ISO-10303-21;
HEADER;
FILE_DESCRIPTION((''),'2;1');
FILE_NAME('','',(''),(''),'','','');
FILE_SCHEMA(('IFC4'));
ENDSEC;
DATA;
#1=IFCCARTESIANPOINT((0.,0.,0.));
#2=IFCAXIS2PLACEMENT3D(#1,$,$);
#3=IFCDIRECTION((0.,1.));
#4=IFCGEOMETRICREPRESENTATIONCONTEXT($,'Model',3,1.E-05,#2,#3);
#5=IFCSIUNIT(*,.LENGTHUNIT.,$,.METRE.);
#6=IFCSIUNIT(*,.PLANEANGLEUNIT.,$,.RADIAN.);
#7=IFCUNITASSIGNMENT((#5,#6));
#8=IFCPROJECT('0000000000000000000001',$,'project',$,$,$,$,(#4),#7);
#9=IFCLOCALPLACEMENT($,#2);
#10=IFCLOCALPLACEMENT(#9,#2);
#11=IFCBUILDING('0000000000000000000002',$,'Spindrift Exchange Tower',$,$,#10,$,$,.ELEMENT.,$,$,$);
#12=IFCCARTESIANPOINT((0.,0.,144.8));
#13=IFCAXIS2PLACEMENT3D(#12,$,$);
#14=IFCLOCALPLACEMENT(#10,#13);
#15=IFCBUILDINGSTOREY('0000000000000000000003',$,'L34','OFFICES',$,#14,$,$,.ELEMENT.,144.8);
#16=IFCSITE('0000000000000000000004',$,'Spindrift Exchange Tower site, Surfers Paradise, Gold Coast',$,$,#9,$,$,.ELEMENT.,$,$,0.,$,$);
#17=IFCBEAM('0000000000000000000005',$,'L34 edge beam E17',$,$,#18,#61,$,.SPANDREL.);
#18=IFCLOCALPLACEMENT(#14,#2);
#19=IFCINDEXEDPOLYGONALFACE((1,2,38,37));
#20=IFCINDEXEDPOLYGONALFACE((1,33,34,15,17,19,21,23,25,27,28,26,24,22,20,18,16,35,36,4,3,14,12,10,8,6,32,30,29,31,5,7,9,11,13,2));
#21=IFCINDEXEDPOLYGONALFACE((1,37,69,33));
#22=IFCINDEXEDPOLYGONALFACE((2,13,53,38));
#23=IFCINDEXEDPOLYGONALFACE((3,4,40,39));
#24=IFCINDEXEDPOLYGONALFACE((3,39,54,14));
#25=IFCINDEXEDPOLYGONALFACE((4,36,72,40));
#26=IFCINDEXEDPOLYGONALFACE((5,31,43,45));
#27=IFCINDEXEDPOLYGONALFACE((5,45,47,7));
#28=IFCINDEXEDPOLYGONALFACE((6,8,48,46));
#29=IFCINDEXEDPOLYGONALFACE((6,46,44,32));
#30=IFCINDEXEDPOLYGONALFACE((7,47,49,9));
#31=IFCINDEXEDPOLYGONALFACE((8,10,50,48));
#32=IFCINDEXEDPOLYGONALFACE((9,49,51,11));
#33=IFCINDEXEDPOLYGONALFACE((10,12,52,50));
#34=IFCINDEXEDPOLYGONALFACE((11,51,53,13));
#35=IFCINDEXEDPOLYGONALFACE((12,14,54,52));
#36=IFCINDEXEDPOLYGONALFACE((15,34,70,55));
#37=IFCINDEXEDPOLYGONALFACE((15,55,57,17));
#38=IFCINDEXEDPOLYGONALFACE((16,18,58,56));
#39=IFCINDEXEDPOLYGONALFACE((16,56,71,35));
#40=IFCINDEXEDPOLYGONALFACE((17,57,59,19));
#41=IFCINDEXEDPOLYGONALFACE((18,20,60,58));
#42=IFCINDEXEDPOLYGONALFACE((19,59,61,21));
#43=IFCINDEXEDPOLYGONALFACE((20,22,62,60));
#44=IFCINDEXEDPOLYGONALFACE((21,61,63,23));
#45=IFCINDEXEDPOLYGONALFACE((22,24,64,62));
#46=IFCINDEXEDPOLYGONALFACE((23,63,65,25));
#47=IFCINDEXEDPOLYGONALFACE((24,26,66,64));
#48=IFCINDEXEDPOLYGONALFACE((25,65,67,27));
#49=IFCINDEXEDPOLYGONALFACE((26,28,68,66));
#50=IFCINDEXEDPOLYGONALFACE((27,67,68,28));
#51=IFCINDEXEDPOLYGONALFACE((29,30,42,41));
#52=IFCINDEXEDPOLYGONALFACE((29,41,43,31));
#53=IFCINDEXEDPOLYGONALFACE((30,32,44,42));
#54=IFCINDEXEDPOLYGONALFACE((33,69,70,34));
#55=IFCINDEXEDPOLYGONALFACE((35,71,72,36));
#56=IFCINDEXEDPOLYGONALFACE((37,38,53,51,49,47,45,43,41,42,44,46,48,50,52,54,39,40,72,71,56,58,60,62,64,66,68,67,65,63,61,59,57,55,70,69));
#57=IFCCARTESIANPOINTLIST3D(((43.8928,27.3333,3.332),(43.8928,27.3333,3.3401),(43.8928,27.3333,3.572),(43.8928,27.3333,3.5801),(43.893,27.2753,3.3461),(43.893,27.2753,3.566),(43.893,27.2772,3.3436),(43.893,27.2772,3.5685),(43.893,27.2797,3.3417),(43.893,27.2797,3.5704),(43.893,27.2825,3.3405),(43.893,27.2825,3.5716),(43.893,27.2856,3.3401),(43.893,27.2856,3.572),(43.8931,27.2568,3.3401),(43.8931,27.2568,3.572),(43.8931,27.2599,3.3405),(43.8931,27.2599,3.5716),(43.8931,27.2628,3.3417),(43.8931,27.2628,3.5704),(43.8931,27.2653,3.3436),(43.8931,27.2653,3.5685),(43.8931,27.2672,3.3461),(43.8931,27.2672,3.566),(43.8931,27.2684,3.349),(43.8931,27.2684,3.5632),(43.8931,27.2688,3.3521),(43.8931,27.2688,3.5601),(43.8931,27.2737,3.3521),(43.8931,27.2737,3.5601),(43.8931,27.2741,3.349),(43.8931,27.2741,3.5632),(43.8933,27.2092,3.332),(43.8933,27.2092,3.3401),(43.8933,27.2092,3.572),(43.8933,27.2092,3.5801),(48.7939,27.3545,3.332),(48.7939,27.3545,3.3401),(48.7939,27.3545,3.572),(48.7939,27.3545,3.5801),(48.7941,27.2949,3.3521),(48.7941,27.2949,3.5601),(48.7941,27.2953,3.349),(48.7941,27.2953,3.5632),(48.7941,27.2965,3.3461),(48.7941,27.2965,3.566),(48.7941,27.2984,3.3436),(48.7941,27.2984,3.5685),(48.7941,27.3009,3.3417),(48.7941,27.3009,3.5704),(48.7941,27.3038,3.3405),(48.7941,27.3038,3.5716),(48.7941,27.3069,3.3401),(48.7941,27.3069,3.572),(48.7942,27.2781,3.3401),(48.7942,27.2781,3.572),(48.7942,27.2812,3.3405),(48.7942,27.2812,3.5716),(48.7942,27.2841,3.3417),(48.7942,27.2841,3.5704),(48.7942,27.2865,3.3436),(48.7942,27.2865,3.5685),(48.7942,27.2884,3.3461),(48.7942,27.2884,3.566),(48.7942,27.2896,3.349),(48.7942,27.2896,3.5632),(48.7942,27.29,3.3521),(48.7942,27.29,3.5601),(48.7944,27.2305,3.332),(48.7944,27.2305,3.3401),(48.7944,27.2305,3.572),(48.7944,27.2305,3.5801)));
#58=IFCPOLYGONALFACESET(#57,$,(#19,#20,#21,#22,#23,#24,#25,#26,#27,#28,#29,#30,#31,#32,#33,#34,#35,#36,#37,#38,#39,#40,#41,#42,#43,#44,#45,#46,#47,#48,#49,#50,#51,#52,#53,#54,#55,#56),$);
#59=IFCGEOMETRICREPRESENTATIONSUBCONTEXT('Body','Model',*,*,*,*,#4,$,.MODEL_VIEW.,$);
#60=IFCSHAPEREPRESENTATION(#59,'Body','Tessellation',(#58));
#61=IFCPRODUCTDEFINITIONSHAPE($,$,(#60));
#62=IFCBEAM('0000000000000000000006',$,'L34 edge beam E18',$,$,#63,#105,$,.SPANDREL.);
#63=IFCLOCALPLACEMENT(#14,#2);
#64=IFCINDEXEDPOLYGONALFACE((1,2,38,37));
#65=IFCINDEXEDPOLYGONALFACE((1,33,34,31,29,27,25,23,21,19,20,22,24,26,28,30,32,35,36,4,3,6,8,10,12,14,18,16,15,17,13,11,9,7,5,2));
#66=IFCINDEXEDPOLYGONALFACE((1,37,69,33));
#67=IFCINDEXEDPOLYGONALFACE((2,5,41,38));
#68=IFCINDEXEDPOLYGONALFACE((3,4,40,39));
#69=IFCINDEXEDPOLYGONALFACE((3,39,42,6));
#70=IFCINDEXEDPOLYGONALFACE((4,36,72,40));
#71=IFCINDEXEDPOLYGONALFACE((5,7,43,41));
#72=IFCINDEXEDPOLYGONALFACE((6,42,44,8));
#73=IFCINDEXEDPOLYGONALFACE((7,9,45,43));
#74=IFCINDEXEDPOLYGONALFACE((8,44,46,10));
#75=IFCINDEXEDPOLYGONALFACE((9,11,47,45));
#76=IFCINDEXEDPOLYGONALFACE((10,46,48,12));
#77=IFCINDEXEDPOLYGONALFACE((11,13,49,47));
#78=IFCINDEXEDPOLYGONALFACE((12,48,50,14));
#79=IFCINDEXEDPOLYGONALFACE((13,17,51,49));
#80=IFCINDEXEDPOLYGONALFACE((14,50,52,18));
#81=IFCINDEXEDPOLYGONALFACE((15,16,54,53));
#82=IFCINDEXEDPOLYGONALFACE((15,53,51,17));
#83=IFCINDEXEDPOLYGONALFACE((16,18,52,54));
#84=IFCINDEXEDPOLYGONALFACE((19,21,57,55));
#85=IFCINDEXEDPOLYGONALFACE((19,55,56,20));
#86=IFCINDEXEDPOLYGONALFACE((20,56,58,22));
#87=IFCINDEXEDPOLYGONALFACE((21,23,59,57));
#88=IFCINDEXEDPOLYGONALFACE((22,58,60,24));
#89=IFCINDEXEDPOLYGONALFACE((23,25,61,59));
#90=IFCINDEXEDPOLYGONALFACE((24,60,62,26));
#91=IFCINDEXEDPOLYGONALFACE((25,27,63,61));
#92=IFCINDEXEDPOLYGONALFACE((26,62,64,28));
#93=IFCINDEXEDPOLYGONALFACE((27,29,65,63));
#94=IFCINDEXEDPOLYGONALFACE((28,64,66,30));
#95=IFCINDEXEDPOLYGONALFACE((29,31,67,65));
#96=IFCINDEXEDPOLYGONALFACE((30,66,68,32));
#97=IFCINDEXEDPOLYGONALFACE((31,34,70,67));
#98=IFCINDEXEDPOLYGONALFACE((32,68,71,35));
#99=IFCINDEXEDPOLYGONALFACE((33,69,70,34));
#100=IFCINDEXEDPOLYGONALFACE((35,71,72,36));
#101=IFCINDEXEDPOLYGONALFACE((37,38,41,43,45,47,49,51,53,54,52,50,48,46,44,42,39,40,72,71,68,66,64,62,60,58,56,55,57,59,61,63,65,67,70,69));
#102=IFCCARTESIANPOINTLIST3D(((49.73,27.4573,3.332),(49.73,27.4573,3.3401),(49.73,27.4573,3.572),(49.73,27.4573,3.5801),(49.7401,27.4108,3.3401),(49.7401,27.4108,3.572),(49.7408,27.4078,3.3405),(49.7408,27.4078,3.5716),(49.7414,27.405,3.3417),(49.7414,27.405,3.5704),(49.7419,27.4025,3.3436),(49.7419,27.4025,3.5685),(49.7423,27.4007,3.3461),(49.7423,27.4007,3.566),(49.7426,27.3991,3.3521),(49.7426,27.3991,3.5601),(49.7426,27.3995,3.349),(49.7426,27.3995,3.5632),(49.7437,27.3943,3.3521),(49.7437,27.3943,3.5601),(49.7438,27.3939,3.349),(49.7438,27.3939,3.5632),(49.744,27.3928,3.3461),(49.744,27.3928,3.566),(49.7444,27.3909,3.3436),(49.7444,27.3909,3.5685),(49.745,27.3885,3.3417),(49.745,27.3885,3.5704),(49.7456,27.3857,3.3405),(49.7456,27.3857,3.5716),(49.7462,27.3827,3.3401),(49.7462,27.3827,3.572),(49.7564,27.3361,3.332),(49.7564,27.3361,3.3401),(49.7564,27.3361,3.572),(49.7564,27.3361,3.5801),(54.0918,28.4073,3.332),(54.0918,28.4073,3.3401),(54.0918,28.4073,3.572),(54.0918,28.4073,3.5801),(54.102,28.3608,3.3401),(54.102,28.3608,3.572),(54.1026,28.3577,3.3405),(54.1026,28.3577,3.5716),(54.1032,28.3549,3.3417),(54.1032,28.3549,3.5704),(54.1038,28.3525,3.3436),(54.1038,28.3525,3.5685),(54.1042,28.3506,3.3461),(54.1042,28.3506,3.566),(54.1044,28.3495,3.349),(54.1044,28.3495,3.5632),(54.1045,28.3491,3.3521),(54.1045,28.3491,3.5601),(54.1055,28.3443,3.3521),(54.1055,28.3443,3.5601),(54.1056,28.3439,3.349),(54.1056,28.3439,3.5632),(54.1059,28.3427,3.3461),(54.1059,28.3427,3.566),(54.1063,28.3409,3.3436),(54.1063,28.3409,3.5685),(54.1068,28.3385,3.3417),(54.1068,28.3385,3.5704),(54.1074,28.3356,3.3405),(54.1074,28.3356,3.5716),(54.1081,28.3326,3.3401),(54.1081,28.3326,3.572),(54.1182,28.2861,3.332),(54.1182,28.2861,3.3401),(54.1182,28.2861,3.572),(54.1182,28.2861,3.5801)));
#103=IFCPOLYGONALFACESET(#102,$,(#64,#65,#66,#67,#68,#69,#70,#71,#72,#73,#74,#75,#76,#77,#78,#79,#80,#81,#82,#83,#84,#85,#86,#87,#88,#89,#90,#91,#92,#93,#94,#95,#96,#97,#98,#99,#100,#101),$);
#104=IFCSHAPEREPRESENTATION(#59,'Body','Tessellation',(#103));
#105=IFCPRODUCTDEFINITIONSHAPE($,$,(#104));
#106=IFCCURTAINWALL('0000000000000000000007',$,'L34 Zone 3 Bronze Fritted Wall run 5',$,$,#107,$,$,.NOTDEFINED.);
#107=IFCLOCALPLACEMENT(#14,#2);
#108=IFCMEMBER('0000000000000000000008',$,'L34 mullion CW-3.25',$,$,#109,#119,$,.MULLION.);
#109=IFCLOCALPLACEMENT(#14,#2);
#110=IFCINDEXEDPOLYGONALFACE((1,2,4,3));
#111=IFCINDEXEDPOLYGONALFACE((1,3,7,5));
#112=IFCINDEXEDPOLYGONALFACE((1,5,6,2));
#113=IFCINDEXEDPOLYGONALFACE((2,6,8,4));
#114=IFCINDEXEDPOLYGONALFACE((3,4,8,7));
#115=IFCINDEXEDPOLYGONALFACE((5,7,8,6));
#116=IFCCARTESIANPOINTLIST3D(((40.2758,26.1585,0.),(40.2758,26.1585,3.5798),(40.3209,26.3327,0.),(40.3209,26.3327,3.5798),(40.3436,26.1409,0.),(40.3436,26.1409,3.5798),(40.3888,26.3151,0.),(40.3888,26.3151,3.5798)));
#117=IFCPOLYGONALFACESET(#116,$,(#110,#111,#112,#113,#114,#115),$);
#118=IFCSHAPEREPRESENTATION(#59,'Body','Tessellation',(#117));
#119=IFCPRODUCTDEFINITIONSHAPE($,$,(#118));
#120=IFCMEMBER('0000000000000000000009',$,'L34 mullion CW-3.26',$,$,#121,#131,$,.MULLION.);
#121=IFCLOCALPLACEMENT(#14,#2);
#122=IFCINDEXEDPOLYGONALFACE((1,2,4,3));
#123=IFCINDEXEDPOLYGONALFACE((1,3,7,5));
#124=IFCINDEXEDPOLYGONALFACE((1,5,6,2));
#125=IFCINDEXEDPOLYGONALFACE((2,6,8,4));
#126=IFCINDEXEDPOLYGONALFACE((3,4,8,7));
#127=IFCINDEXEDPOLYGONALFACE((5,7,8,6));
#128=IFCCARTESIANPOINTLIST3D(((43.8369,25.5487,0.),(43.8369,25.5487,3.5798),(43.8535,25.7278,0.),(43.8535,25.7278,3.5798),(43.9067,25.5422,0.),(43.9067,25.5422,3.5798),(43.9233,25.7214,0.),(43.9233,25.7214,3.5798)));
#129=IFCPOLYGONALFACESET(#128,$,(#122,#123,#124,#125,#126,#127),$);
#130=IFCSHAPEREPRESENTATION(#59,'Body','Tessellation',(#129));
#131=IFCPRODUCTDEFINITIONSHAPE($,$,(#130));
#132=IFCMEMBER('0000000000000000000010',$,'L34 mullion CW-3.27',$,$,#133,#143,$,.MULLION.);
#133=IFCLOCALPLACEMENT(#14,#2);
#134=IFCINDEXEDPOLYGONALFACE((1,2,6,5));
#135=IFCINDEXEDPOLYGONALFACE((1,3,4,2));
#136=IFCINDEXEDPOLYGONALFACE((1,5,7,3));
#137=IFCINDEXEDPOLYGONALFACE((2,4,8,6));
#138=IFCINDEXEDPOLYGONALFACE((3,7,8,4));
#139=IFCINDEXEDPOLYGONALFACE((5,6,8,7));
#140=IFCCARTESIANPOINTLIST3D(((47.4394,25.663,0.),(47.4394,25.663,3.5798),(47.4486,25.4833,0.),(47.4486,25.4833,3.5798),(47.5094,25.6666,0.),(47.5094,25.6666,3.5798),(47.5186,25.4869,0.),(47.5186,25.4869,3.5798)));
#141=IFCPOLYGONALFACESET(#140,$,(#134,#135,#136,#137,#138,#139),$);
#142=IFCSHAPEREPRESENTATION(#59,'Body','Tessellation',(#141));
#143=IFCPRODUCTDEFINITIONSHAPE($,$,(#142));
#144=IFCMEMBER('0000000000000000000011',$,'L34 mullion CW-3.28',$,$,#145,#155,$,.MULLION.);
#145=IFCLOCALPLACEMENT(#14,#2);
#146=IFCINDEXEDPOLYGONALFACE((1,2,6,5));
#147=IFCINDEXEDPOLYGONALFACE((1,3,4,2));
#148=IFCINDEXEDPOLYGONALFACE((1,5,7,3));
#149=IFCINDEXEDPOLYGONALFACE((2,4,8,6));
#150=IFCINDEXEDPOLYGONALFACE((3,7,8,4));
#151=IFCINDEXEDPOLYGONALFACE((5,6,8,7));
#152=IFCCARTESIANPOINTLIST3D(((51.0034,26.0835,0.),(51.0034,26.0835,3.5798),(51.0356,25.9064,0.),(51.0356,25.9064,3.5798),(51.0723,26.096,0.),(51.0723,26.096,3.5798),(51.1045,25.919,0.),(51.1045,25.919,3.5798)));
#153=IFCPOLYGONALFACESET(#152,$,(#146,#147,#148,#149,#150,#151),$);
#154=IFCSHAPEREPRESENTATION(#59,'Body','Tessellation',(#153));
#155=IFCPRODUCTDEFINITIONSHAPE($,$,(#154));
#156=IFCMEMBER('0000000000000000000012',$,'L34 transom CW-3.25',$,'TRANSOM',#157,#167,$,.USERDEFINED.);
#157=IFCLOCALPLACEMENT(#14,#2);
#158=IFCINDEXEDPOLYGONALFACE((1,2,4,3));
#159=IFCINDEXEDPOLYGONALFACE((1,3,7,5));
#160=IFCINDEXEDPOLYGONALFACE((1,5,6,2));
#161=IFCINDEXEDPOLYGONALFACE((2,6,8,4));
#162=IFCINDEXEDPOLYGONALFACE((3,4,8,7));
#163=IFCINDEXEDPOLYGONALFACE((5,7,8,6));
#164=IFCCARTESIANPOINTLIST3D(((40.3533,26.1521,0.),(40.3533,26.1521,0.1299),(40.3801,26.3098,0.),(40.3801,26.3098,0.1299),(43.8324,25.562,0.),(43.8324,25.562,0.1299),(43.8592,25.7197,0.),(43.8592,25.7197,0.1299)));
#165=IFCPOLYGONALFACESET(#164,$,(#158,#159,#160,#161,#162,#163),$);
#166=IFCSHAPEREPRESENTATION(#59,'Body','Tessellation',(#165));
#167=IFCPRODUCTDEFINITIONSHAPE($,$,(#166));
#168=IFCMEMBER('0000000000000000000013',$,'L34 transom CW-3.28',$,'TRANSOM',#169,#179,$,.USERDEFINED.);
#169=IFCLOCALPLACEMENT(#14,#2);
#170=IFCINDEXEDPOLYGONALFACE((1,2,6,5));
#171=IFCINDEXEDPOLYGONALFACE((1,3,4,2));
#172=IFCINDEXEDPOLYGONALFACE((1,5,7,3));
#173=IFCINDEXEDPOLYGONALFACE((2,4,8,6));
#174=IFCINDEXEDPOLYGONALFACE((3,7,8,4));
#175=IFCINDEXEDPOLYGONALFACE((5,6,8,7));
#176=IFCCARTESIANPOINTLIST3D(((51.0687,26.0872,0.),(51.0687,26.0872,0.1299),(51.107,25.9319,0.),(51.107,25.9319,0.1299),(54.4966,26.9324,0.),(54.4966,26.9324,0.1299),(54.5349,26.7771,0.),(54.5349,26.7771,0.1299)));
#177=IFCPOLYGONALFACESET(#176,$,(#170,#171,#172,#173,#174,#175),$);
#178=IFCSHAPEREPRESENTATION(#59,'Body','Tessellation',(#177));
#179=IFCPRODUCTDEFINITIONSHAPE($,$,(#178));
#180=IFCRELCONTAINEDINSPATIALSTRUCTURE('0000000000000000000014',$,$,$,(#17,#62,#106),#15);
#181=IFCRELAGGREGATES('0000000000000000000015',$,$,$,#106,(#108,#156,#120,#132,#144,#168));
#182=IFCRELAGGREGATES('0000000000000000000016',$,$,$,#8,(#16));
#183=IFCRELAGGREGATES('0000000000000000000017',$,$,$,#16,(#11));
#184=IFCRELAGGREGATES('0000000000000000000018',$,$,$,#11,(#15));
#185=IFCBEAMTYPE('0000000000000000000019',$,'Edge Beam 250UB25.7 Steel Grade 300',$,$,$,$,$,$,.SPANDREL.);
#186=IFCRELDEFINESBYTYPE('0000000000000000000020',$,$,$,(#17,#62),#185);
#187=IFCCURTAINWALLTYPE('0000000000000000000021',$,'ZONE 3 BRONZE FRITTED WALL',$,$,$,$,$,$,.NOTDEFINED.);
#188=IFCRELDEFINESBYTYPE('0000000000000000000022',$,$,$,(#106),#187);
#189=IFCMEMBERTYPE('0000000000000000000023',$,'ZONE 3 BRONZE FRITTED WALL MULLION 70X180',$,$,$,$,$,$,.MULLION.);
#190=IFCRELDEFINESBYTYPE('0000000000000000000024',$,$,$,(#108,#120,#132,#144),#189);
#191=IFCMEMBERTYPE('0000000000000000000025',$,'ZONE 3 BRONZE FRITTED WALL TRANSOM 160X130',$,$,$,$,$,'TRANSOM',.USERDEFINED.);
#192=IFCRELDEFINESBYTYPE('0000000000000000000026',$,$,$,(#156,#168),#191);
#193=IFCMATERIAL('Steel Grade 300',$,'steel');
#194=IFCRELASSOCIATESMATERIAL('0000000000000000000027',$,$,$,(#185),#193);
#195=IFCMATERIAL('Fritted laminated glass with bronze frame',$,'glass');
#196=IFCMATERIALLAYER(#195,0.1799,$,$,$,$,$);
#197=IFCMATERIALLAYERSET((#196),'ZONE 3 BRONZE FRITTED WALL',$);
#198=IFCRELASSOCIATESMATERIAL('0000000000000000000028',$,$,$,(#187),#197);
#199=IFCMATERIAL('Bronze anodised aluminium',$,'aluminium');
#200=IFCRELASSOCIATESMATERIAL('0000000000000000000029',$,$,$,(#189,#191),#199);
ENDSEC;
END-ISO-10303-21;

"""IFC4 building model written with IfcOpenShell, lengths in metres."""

from ifc_helpers import new_model, si_unit, direction, frame, origin, origin_2d, place, context, subcontext, project, spatial, rectangle, i_section, extrude, source, transform, mapped, material, layer, layer_set, material_profile, profile_set, type_object, element, aggregate, save


model = new_model("IFC4")

# Units and contexts
model_context = context("Model", 3, precision=1e-05, world=origin(), true_north=direction((0.0, 1.0)))
body_context = subcontext(model_context, "Body", "Model", "MODEL_VIEW")
ifc_project = project(units=[si_unit("LENGTHUNIT", "METRE"), si_unit("PLANEANGLEUNIT", "RADIAN")], contexts=[model_context])

# Site, building, storey
site_placement = place(None, origin())
site = spatial("IfcSite", under=ifc_project, at=site_placement, Name="Spindrift Exchange Tower site, Surfers Paradise, Gold Coast", CompositionType="ELEMENT", RefElevation=0.0)
building_placement = place(site_placement, origin())
building = spatial("IfcBuilding", under=site, at=building_placement, Name="Spindrift Exchange Tower", CompositionType="ELEMENT")
storey_placement = place(building_placement, frame((0.0, 0.0, 144.8)))
storey = spatial("IfcBuildingStorey", under=building, at=storey_placement, Name="L34", Description="OFFICES", CompositionType="ELEMENT", Elevation=144.8)

# Beams
ifc_material_1 = material(Name="Steel Grade 300", Category="steel")
ifc_material_profile_1 = material_profile(ifc_material_1, i_section(OverallWidth=0.124, OverallDepth=0.248, WebThickness=0.0049, FlangeThickness=0.0081, FilletRadius=0.012, at=origin_2d()), Name="250UB25.7")
ifc_profile_set_1 = profile_set([ifc_material_profile_1], Name="Steel Grade 300")
beam_type_1 = type_object("IfcBeamType", Name="Edge Beam 250UB25.7 Steel Grade 300", PredefinedType="SPANDREL", material=ifc_profile_set_1)
shared_shape_1 = source(origin(), body_context, "Body", "SweptSolid", [
    extrude(i_section(OverallWidth=0.124, OverallDepth=0.248, WebThickness=0.0049, FlangeThickness=0.0081, FilletRadius=0.012, at=origin_2d()), origin(), (0.0, 0.0, 1.0), 4.9011),
])
beam_1_placement = place(storey_placement, frame((43.8931, 27.2712, 3.4561), z_axis=(0.999991, 0.004334, 0.0), x_axis=(-0.004334, 0.999991, 0.0)))
element("IfcBeam", 1, at=beam_1_placement, inside=storey, type_object=beam_type_1, Name="L34 edge beam E17", PredefinedType="SPANDREL", context=body_context, shape_type="MappedRepresentation", body=[
    mapped(shared_shape_1, transform((0.0, 0.0, 0.0), scale=1.0)),
])
shared_shape_2 = source(origin(), body_context, "Body", "SweptSolid", [
    extrude(i_section(OverallWidth=0.124, OverallDepth=0.248, WebThickness=0.0049, FlangeThickness=0.0081, FilletRadius=0.012, at=origin_2d()), origin(), (0.0, 0.0, 1.0), 4.4641),
])
beam_2_placement = place(storey_placement, frame((49.7432, 27.3967, 3.4561), z_axis=(0.977096, 0.2128, 0.0), x_axis=(-0.2128, 0.977096, 0.0)))
element("IfcBeam", 2, at=beam_2_placement, inside=storey, type_object=beam_type_1, Name="L34 edge beam E18", PredefinedType="SPANDREL", context=body_context, shape_type="MappedRepresentation", body=[
    mapped(shared_shape_2, transform((0.0, 0.0, 0.0), scale=1.0)),
])

# Curtain wall, members
ifc_material_2 = material(Name="Fritted laminated glass with bronze frame", Category="glass")
ifc_layer_1 = layer(ifc_material_2, 0.1799)
ifc_layer_set_1 = layer_set([ifc_layer_1], Name="ZONE 3 BRONZE FRITTED WALL")
curtain_wall_type = type_object("IfcCurtainWallType", Name="ZONE 3 BRONZE FRITTED WALL", PredefinedType="NOTDEFINED", material=ifc_layer_set_1)
curtain_wall_1_placement = place(storey_placement, origin())
curtain_wall_1 = element("IfcCurtainWall", 3, at=curtain_wall_1_placement, inside=storey, type_object=curtain_wall_type, Name="L34 Zone 3 Bronze Fritted Wall run 5", PredefinedType="NOTDEFINED")
ifc_material_3 = material(Name="Bronze anodised aluminium", Category="aluminium")
ifc_material_profile_2 = material_profile(ifc_material_3, rectangle(XDim=0.0701, YDim=0.1799, at=origin_2d()), Name="ZONE 3 BRONZE FRITTED WALL MULLION 70X180")
ifc_profile_set_2 = profile_set([ifc_material_profile_2], Name="Bronze anodised aluminium")
member_type_1 = type_object("IfcMemberType", Name="ZONE 3 BRONZE FRITTED WALL MULLION 70X180", PredefinedType="MULLION", material=ifc_profile_set_2)
shared_shape_3 = source(origin(), body_context, "Body", "SweptSolid", [
    extrude(rectangle(XDim=0.0701, YDim=0.1799, at=origin_2d()), origin(), (0.0, 0.0, 1.0), 3.5798),
])
member_1_placement = place(storey_placement, frame((40.3323, 26.2368, 0.0), z_axis=(0.0, 0.0, 1.0), x_axis=(0.967985, -0.251008, 0.0)))
member_1 = element("IfcMember", 4, at=member_1_placement, type_object=member_type_1, Name="L34 mullion CW-3.25", PredefinedType="MULLION", context=body_context, shape_type="MappedRepresentation", body=[
    mapped(shared_shape_3, transform((0.0, 0.0, 0.0), scale=1.0)),
])
member_2_placement = place(storey_placement, frame((43.8801, 25.635, 0.0), z_axis=(0.0, 0.0, 1.0), x_axis=(0.995738, -0.092228, 0.0)))
member_2 = element("IfcMember", 5, at=member_2_placement, type_object=member_type_1, Name="L34 mullion CW-3.26", PredefinedType="MULLION", context=body_context, shape_type="MappedRepresentation", body=[
    mapped(shared_shape_3, transform((0.0, 0.0, 0.0), scale=1.0)),
])
member_3_placement = place(storey_placement, frame((47.479, 25.575, 0.0), z_axis=(0.0, 0.0, 1.0), x_axis=(0.998699, 0.050989, 0.0)))
member_3 = element("IfcMember", 6, at=member_3_placement, type_object=member_type_1, Name="L34 mullion CW-3.27", PredefinedType="MULLION", context=body_context, shape_type="MappedRepresentation", body=[
    mapped(shared_shape_3, transform((0.0, 0.0, 0.0), scale=1.0)),
])
member_4_placement = place(storey_placement, frame((51.054, 26.0012, 0.0), z_axis=(0.0, 0.0, 1.0), x_axis=(0.983805, 0.17924, 0.0)))
member_4 = element("IfcMember", 7, at=member_4_placement, type_object=member_type_1, Name="L34 mullion CW-3.28", PredefinedType="MULLION", context=body_context, shape_type="MappedRepresentation", body=[
    mapped(shared_shape_3, transform((0.0, 0.0, 0.0), scale=1.0)),
])
ifc_material_profile_3 = material_profile(ifc_material_3, rectangle(XDim=0.1599, YDim=0.1299, at=origin_2d()), Name="ZONE 3 BRONZE FRITTED WALL TRANSOM 160X130")
ifc_profile_set_3 = profile_set([ifc_material_profile_3], Name="Bronze anodised aluminium")
member_type_2 = type_object("IfcMemberType", Name="ZONE 3 BRONZE FRITTED WALL TRANSOM 160X130", ElementType="TRANSOM", PredefinedType="USERDEFINED", material=ifc_profile_set_3)
shared_shape_4 = source(origin(), body_context, "Body", "SweptSolid", [
    extrude(rectangle(XDim=0.1599, YDim=0.1299, at=origin_2d()), origin(), (0.0, 0.0, 1.0), 3.5288),
])
member_5_placement = place(storey_placement, frame((40.3667, 26.231, 0.0649), z_axis=(0.985919, -0.167226, 0.0), x_axis=(0.167226, 0.985919, 0.0)))
member_5 = element("IfcMember", 8, at=member_5_placement, type_object=member_type_2, Name="L34 transom CW-3.25", ObjectType="TRANSOM", PredefinedType="USERDEFINED", context=body_context, shape_type="MappedRepresentation", body=[
    mapped(shared_shape_4, transform((0.0, 0.0, 0.0), scale=1.0)),
])
shared_shape_5 = source(origin(), body_context, "Body", "SweptSolid", [
    extrude(rectangle(XDim=0.1599, YDim=0.1299, at=origin_2d()), origin(), (0.0, 0.0, 1.0), 3.5305),
])
member_6_placement = place(storey_placement, frame((51.0879, 26.0095, 0.0649), z_axis=(0.970919, 0.23941, 0.0), x_axis=(-0.23941, 0.970919, 0.0)))
member_6 = element("IfcMember", 9, at=member_6_placement, type_object=member_type_2, Name="L34 transom CW-3.28", ObjectType="TRANSOM", PredefinedType="USERDEFINED", context=body_context, shape_type="MappedRepresentation", body=[
    mapped(shared_shape_5, transform((0.0, 0.0, 0.0), scale=1.0)),
])

aggregate(curtain_wall_1, [member_1, member_5, member_2, member_3, member_4, member_6])

save(model, "model.ifc")
